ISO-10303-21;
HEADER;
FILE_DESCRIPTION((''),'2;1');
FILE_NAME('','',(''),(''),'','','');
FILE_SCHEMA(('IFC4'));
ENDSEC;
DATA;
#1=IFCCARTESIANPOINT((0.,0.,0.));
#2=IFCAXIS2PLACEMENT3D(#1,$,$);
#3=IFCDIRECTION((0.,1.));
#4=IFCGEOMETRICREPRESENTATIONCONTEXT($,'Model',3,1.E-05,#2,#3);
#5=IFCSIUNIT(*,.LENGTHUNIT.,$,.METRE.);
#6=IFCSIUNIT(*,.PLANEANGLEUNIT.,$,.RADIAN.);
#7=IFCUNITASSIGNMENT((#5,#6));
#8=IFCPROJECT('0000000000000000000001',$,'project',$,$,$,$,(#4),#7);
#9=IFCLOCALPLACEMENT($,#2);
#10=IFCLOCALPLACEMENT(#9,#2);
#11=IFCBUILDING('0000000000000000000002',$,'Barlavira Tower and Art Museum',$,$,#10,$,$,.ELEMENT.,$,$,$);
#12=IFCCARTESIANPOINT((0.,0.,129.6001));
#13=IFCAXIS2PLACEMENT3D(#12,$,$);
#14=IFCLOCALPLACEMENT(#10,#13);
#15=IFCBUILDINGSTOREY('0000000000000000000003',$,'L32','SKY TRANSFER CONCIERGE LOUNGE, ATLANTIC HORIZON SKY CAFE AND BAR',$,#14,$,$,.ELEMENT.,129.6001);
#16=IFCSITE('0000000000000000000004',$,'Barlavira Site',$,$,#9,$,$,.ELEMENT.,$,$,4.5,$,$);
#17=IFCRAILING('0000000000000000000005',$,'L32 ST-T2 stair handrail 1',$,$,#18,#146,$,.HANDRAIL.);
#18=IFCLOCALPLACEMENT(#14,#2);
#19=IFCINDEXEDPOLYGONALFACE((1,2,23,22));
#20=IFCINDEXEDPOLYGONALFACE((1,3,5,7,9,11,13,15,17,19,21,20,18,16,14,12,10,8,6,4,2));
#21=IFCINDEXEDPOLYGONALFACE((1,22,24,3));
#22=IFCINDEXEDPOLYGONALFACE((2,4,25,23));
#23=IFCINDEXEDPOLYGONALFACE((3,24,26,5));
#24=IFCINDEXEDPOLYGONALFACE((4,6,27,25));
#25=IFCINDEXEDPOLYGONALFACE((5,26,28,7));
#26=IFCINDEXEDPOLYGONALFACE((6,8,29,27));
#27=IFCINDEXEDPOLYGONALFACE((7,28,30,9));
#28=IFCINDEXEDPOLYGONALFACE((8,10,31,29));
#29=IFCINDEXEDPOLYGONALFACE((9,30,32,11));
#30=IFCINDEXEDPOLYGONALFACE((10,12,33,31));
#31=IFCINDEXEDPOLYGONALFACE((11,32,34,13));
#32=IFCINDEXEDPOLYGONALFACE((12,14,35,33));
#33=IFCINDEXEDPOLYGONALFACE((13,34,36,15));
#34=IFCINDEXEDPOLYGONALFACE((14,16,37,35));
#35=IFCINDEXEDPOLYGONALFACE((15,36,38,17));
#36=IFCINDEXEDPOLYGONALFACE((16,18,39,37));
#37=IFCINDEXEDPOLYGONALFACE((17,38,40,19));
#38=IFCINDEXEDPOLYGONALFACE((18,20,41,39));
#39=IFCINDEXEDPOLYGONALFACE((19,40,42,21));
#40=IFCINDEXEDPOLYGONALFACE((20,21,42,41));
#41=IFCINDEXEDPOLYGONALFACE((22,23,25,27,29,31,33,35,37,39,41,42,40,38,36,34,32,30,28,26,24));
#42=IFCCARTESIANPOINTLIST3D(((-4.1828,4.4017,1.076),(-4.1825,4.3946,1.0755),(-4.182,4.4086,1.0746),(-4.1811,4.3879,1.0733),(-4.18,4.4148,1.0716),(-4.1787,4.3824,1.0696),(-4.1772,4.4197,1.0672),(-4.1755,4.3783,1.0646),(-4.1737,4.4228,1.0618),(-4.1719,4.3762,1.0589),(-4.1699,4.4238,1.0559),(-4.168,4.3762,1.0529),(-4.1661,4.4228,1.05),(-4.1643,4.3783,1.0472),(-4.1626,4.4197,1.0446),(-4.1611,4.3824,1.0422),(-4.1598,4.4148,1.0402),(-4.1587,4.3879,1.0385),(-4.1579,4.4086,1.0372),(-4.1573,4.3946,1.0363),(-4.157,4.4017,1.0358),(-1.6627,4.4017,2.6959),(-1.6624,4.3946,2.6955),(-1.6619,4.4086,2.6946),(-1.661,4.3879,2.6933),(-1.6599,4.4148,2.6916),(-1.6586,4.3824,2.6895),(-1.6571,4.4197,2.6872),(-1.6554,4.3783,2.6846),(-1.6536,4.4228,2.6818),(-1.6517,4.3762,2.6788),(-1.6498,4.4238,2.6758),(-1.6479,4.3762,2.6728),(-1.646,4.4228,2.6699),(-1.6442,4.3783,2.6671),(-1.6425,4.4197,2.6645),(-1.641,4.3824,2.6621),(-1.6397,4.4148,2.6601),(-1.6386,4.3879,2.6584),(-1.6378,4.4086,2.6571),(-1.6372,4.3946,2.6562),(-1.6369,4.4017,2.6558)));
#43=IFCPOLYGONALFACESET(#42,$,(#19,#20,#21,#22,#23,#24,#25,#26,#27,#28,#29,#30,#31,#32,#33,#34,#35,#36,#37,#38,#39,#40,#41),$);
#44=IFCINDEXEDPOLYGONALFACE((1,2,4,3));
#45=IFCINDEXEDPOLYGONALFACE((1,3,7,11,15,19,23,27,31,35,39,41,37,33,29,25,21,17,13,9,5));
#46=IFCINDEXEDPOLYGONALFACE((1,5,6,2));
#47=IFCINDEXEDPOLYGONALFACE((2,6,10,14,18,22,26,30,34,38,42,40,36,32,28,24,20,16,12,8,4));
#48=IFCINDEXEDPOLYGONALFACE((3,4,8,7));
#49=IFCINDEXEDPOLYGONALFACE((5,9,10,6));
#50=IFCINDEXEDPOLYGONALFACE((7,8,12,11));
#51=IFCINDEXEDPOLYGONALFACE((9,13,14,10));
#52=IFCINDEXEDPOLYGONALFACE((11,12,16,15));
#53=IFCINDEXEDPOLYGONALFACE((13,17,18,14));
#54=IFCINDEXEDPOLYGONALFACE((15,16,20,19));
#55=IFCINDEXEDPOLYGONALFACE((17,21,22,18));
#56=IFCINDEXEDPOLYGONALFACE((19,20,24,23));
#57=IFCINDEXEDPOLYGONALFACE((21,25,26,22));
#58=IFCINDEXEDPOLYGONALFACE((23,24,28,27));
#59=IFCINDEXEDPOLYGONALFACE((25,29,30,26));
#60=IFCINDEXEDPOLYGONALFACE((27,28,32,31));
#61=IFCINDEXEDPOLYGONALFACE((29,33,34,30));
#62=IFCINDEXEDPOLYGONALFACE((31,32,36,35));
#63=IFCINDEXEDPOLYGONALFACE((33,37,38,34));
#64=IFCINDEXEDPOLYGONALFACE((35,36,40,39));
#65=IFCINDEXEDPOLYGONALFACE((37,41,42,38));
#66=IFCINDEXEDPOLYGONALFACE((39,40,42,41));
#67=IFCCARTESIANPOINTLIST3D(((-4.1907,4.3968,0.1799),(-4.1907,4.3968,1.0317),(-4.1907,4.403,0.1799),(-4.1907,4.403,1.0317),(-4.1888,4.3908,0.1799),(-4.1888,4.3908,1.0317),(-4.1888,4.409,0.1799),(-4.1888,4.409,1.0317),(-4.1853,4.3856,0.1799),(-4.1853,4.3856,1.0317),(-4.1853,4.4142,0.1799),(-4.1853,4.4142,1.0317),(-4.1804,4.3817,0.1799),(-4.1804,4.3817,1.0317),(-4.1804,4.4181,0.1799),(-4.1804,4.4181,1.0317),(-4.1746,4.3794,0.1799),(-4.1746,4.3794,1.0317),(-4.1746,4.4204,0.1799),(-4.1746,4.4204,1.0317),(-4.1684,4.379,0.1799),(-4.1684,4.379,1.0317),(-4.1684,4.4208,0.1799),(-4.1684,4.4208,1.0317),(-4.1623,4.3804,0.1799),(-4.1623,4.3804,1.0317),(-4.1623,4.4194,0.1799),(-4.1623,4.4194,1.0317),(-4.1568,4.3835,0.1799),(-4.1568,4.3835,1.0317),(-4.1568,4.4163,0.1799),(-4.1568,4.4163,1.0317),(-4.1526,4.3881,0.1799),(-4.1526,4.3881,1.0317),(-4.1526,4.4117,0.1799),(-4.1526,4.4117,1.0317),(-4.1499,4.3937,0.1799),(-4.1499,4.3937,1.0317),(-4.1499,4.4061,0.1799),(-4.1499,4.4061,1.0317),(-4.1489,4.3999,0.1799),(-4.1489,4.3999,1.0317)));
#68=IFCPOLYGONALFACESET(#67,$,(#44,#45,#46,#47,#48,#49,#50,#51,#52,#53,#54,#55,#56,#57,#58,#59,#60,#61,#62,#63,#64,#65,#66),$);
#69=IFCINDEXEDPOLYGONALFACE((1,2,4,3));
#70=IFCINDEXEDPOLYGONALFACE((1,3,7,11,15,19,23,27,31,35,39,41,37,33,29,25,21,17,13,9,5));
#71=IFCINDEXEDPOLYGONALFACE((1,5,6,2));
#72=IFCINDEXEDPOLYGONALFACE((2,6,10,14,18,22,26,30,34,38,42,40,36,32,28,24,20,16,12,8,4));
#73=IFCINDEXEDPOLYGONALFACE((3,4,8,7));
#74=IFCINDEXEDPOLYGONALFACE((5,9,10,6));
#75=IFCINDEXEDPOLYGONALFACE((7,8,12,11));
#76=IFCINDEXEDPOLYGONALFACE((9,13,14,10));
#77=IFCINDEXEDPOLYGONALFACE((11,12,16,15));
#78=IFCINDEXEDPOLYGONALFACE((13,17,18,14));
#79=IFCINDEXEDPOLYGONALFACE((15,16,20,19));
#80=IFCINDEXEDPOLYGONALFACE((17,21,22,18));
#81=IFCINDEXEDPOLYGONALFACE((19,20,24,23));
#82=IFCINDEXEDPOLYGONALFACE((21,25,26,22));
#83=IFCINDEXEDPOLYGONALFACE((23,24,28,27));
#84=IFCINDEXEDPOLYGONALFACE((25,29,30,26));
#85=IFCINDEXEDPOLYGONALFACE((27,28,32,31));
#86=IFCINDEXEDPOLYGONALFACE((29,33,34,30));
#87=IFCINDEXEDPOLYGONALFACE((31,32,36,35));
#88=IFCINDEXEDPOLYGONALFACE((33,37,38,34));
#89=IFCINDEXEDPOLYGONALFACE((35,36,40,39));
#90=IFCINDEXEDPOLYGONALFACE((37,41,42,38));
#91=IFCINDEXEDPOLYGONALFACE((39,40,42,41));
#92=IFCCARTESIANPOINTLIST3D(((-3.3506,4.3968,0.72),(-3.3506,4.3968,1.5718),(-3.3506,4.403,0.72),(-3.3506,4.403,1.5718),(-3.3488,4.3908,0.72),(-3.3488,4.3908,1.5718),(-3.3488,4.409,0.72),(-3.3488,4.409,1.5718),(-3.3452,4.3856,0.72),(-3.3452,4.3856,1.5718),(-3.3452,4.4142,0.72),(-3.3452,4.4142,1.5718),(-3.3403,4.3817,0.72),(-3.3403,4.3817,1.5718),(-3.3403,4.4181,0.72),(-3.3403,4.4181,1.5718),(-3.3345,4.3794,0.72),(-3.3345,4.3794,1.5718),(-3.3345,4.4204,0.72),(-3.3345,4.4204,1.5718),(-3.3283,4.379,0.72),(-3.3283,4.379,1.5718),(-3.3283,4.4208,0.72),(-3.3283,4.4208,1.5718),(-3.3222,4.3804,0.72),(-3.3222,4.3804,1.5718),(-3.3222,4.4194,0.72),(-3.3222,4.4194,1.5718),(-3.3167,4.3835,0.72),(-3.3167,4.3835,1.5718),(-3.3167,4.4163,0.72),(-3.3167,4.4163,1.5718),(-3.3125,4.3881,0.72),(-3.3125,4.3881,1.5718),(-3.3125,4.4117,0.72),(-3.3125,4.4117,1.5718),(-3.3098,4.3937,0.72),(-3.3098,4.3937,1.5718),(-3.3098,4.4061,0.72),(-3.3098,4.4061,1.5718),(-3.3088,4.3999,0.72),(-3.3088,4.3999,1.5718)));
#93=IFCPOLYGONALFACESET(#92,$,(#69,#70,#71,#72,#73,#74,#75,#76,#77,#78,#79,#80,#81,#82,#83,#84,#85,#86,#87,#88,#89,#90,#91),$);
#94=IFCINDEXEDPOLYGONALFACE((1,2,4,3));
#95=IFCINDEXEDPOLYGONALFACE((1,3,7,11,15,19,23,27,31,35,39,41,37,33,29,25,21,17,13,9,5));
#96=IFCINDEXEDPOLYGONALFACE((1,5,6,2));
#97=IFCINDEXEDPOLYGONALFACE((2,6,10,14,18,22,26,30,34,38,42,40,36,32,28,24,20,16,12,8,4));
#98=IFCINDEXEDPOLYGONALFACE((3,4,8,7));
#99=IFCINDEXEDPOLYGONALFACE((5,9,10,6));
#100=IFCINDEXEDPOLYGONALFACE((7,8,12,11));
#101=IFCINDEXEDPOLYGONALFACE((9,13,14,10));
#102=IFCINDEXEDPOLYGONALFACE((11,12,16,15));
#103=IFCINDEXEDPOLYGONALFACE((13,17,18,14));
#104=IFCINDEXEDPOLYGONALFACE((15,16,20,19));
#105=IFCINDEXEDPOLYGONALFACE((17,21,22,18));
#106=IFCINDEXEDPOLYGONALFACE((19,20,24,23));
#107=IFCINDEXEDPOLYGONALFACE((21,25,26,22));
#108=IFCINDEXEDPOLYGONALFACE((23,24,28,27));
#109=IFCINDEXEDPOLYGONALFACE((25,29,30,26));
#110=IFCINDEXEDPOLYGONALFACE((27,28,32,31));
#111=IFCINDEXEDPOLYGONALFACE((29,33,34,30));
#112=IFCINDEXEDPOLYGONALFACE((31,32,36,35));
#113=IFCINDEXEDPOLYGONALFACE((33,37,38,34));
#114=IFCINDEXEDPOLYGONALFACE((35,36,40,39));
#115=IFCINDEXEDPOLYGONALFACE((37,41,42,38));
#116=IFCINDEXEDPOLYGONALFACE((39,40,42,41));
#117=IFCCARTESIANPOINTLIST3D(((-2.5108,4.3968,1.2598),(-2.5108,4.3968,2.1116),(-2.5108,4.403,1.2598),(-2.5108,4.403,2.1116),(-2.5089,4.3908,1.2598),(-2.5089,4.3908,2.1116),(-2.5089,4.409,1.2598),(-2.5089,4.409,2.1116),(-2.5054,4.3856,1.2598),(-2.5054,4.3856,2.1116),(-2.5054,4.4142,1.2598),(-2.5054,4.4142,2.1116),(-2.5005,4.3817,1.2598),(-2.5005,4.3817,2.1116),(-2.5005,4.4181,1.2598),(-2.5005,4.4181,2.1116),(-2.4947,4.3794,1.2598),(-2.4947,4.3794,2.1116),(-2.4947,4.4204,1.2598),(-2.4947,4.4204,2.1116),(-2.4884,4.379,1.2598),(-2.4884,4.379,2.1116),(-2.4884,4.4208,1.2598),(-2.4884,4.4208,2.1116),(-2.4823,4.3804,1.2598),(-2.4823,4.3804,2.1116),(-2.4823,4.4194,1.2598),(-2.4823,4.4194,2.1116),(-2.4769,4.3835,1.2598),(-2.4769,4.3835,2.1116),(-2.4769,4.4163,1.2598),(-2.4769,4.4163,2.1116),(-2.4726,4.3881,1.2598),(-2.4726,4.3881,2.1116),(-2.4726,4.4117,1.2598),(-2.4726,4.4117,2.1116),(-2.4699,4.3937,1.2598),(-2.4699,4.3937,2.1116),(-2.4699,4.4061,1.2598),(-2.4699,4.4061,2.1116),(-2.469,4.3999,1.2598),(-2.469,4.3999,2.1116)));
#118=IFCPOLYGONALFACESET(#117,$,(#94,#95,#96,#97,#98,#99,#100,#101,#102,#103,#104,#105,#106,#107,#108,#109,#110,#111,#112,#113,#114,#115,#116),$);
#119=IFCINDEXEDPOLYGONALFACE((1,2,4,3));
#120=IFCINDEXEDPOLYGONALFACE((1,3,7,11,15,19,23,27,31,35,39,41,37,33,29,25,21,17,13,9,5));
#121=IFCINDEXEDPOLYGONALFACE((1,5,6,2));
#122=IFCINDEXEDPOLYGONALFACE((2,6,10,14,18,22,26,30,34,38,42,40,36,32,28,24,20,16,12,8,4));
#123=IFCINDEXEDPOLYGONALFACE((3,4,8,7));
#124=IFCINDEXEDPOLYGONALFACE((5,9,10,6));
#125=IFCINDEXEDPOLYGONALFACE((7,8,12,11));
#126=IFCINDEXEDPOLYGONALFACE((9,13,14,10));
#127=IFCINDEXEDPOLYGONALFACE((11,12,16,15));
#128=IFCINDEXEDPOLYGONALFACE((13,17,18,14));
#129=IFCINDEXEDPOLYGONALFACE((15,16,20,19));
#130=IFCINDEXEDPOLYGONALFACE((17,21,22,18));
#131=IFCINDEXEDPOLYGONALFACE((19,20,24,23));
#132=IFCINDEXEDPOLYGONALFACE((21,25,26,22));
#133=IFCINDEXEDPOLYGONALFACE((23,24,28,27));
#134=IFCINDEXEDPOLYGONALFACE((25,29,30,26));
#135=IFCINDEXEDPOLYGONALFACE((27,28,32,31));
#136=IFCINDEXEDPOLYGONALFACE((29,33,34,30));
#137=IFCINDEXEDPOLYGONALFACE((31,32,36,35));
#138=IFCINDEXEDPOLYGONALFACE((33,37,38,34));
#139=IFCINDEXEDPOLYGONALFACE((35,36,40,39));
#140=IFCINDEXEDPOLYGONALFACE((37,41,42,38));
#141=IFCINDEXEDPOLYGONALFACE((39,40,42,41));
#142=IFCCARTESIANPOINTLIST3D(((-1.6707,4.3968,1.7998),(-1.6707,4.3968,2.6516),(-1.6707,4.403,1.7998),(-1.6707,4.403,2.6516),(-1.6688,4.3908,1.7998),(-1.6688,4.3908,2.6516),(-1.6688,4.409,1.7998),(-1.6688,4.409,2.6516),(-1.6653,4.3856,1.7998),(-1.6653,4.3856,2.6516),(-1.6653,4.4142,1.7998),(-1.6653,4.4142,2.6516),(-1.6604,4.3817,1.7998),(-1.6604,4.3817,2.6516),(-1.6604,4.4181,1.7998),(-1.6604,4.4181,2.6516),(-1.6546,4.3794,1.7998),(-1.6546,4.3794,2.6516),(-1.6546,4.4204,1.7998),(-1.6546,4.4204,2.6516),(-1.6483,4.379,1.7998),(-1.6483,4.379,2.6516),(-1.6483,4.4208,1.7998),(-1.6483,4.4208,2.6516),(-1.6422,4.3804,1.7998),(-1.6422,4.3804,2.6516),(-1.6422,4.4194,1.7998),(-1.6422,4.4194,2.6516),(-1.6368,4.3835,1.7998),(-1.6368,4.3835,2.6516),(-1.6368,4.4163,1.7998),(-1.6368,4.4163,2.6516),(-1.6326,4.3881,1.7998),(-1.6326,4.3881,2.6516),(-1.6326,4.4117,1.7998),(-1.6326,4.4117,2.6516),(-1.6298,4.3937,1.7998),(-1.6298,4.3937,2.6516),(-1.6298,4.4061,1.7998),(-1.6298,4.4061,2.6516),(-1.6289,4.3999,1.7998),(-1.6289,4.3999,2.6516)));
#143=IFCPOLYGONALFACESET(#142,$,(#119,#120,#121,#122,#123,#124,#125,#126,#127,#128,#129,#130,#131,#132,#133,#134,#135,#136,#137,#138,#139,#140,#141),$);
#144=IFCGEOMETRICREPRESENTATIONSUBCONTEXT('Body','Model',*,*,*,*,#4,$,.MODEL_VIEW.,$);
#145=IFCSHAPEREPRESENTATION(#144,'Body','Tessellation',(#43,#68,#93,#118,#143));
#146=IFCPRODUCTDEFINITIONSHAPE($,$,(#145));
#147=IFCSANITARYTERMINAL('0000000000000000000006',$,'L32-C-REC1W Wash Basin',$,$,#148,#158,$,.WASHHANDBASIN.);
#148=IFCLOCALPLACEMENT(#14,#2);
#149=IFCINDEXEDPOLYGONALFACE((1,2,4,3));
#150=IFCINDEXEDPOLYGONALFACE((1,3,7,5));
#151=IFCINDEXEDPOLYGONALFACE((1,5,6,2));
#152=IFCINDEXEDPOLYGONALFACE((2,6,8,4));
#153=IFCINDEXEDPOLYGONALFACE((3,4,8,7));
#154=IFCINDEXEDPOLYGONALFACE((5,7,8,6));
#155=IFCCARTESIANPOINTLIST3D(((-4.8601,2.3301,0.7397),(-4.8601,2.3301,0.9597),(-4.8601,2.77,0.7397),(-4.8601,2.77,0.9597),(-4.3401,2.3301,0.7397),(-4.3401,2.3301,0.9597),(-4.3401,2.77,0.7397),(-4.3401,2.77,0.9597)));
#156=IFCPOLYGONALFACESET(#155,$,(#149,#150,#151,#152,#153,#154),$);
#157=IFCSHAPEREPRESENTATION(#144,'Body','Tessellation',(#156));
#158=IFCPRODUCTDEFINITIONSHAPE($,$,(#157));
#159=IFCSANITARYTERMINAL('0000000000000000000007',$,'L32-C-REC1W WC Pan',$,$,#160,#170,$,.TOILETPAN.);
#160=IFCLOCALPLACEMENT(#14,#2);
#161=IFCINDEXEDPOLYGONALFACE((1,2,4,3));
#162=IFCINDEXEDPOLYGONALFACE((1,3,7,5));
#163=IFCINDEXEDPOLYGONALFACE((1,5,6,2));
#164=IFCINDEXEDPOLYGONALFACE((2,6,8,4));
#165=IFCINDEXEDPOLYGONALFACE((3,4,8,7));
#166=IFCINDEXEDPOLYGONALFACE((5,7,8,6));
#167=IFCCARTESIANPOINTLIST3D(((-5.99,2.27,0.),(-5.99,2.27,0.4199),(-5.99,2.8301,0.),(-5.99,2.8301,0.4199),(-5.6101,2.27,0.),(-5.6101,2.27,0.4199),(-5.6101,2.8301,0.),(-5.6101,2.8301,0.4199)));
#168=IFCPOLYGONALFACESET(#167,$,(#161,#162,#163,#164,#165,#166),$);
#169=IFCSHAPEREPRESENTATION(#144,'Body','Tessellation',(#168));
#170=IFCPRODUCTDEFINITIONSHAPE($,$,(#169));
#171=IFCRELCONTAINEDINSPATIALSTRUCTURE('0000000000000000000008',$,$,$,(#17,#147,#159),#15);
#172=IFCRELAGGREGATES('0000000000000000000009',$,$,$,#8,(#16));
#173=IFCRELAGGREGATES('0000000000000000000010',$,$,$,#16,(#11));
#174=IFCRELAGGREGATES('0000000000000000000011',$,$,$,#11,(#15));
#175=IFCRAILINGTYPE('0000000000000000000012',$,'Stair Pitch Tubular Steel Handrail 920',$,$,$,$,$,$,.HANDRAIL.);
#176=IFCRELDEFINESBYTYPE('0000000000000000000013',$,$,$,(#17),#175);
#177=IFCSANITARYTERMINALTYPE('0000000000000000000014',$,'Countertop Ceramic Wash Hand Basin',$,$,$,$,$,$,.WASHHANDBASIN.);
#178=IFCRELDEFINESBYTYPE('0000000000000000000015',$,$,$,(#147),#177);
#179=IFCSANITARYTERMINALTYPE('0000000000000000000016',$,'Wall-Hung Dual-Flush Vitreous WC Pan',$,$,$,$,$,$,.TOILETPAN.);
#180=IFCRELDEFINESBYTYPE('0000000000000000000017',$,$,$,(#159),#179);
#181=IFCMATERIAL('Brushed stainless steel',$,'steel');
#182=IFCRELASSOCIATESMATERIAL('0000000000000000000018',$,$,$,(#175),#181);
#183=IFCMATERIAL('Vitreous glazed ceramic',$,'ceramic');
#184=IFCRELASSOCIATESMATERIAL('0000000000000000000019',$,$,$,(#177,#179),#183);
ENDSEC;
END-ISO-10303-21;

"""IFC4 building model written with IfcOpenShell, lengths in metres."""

from ifc_helpers import new_model, si_unit, direction, frame, origin, origin_2d, place, context, subcontext, project, spatial, rectangle, circle, extrude, material, type_object, element, save


model = new_model("IFC4")

# Units and contexts
model_context = context("Model", 3, precision=1e-05, world=origin(), true_north=direction((0.0, 1.0)))
body_context = subcontext(model_context, "Body", "Model", "MODEL_VIEW")
ifc_project = project(units=[si_unit("LENGTHUNIT", "METRE"), si_unit("PLANEANGLEUNIT", "RADIAN")], contexts=[model_context])

# Site, building, storey
site_placement = place(None, origin())
site = spatial("IfcSite", under=ifc_project, at=site_placement, Name="Barlavira Site", CompositionType="ELEMENT", RefElevation=4.5)
building_placement = place(site_placement, origin())
building = spatial("IfcBuilding", under=site, at=building_placement, Name="Barlavira Tower and Art Museum", CompositionType="ELEMENT")
storey_placement = place(building_placement, frame((0.0, 0.0, 129.6001)))
storey = spatial("IfcBuildingStorey", under=building, at=storey_placement, Name="L32", Description="SKY TRANSFER CONCIERGE LOUNGE, ATLANTIC HORIZON SKY CAFE AND BAR", CompositionType="ELEMENT", Elevation=129.6001)

# Shared definitions
ifc_material_1 = material(Name="Brushed stainless steel", Category="steel")

# Railing
railing_type_1 = type_object("IfcRailingType", Name="Stair Pitch Tubular Steel Handrail 920", PredefinedType="HANDRAIL", material=ifc_material_1)
railing_1_placement = place(storey_placement, frame((-4.1699, 4.3999, 0.1799)))
element("IfcRailing", 1, at=railing_1_placement, inside=storey, type_object=railing_type_1, Name="L32 ST-T2 stair handrail 1", PredefinedType="HANDRAIL", context=body_context, shape_type="SweptSolid", body=[
    extrude(circle(Radius=0.0239, at=origin_2d()), frame((0.0, 0.0, 0.876), z_axis=(0.8412, 0.0, 0.540725), x_axis=(0.0, 1.0, 0.0)), (0.0, 0.0, 1.0), 2.9958),
    extrude(circle(Radius=0.021, at=origin_2d()), origin(), (0.0, 0.0, 1.0), 0.8518),
    extrude(circle(Radius=0.021, at=origin_2d()), frame((0.8401, 0.0, 0.54)), (0.0, 0.0, 1.0), 0.8518),
    extrude(circle(Radius=0.021, at=origin_2d()), frame((1.6799, 0.0, 1.0798)), (0.0, 0.0, 1.0), 0.8518),
    extrude(circle(Radius=0.021, at=origin_2d()), frame((2.52, 0.0, 1.6199)), (0.0, 0.0, 1.0), 0.8518),
])

# Sanitary terminals
ifc_material_2 = material(Name="Vitreous glazed ceramic", Category="ceramic")
sanitary_terminal_type_1 = type_object("IfcSanitaryTerminalType", Name="Countertop Ceramic Wash Hand Basin", PredefinedType="WASHHANDBASIN", material=ifc_material_2)
sanitary_terminal_1_placement = place(storey_placement, frame((-4.6001, 2.55, 0.7397), z_axis=(0.0, 0.0, 1.0), x_axis=(1.0, 0.0, 0.0)))
element("IfcSanitaryTerminal", 2, at=sanitary_terminal_1_placement, inside=storey, type_object=sanitary_terminal_type_1, Name="L32-C-REC1W Wash Basin", PredefinedType="WASHHANDBASIN", context=body_context, shape_type="SweptSolid", body=[
    extrude(rectangle(XDim=0.52, YDim=0.4399, at=origin_2d()), origin(), (0.0, 0.0, 1.0), 0.22),
])
sanitary_terminal_type_2 = type_object("IfcSanitaryTerminalType", Name="Wall-Hung Dual-Flush Vitreous WC Pan", PredefinedType="TOILETPAN", material=ifc_material_2)
sanitary_terminal_2_placement = place(storey_placement, frame((-5.8, 2.55, 0.0), z_axis=(0.0, 0.0, 1.0), x_axis=(1.0, 0.0, 0.0)))
element("IfcSanitaryTerminal", 3, at=sanitary_terminal_2_placement, inside=storey, type_object=sanitary_terminal_type_2, Name="L32-C-REC1W WC Pan", PredefinedType="TOILETPAN", context=body_context, shape_type="SweptSolid", body=[
    extrude(rectangle(XDim=0.3799, YDim=0.5601, at=origin_2d()), origin(), (0.0, 0.0, 1.0), 0.4199),
])

save(model, "model.ifc")
